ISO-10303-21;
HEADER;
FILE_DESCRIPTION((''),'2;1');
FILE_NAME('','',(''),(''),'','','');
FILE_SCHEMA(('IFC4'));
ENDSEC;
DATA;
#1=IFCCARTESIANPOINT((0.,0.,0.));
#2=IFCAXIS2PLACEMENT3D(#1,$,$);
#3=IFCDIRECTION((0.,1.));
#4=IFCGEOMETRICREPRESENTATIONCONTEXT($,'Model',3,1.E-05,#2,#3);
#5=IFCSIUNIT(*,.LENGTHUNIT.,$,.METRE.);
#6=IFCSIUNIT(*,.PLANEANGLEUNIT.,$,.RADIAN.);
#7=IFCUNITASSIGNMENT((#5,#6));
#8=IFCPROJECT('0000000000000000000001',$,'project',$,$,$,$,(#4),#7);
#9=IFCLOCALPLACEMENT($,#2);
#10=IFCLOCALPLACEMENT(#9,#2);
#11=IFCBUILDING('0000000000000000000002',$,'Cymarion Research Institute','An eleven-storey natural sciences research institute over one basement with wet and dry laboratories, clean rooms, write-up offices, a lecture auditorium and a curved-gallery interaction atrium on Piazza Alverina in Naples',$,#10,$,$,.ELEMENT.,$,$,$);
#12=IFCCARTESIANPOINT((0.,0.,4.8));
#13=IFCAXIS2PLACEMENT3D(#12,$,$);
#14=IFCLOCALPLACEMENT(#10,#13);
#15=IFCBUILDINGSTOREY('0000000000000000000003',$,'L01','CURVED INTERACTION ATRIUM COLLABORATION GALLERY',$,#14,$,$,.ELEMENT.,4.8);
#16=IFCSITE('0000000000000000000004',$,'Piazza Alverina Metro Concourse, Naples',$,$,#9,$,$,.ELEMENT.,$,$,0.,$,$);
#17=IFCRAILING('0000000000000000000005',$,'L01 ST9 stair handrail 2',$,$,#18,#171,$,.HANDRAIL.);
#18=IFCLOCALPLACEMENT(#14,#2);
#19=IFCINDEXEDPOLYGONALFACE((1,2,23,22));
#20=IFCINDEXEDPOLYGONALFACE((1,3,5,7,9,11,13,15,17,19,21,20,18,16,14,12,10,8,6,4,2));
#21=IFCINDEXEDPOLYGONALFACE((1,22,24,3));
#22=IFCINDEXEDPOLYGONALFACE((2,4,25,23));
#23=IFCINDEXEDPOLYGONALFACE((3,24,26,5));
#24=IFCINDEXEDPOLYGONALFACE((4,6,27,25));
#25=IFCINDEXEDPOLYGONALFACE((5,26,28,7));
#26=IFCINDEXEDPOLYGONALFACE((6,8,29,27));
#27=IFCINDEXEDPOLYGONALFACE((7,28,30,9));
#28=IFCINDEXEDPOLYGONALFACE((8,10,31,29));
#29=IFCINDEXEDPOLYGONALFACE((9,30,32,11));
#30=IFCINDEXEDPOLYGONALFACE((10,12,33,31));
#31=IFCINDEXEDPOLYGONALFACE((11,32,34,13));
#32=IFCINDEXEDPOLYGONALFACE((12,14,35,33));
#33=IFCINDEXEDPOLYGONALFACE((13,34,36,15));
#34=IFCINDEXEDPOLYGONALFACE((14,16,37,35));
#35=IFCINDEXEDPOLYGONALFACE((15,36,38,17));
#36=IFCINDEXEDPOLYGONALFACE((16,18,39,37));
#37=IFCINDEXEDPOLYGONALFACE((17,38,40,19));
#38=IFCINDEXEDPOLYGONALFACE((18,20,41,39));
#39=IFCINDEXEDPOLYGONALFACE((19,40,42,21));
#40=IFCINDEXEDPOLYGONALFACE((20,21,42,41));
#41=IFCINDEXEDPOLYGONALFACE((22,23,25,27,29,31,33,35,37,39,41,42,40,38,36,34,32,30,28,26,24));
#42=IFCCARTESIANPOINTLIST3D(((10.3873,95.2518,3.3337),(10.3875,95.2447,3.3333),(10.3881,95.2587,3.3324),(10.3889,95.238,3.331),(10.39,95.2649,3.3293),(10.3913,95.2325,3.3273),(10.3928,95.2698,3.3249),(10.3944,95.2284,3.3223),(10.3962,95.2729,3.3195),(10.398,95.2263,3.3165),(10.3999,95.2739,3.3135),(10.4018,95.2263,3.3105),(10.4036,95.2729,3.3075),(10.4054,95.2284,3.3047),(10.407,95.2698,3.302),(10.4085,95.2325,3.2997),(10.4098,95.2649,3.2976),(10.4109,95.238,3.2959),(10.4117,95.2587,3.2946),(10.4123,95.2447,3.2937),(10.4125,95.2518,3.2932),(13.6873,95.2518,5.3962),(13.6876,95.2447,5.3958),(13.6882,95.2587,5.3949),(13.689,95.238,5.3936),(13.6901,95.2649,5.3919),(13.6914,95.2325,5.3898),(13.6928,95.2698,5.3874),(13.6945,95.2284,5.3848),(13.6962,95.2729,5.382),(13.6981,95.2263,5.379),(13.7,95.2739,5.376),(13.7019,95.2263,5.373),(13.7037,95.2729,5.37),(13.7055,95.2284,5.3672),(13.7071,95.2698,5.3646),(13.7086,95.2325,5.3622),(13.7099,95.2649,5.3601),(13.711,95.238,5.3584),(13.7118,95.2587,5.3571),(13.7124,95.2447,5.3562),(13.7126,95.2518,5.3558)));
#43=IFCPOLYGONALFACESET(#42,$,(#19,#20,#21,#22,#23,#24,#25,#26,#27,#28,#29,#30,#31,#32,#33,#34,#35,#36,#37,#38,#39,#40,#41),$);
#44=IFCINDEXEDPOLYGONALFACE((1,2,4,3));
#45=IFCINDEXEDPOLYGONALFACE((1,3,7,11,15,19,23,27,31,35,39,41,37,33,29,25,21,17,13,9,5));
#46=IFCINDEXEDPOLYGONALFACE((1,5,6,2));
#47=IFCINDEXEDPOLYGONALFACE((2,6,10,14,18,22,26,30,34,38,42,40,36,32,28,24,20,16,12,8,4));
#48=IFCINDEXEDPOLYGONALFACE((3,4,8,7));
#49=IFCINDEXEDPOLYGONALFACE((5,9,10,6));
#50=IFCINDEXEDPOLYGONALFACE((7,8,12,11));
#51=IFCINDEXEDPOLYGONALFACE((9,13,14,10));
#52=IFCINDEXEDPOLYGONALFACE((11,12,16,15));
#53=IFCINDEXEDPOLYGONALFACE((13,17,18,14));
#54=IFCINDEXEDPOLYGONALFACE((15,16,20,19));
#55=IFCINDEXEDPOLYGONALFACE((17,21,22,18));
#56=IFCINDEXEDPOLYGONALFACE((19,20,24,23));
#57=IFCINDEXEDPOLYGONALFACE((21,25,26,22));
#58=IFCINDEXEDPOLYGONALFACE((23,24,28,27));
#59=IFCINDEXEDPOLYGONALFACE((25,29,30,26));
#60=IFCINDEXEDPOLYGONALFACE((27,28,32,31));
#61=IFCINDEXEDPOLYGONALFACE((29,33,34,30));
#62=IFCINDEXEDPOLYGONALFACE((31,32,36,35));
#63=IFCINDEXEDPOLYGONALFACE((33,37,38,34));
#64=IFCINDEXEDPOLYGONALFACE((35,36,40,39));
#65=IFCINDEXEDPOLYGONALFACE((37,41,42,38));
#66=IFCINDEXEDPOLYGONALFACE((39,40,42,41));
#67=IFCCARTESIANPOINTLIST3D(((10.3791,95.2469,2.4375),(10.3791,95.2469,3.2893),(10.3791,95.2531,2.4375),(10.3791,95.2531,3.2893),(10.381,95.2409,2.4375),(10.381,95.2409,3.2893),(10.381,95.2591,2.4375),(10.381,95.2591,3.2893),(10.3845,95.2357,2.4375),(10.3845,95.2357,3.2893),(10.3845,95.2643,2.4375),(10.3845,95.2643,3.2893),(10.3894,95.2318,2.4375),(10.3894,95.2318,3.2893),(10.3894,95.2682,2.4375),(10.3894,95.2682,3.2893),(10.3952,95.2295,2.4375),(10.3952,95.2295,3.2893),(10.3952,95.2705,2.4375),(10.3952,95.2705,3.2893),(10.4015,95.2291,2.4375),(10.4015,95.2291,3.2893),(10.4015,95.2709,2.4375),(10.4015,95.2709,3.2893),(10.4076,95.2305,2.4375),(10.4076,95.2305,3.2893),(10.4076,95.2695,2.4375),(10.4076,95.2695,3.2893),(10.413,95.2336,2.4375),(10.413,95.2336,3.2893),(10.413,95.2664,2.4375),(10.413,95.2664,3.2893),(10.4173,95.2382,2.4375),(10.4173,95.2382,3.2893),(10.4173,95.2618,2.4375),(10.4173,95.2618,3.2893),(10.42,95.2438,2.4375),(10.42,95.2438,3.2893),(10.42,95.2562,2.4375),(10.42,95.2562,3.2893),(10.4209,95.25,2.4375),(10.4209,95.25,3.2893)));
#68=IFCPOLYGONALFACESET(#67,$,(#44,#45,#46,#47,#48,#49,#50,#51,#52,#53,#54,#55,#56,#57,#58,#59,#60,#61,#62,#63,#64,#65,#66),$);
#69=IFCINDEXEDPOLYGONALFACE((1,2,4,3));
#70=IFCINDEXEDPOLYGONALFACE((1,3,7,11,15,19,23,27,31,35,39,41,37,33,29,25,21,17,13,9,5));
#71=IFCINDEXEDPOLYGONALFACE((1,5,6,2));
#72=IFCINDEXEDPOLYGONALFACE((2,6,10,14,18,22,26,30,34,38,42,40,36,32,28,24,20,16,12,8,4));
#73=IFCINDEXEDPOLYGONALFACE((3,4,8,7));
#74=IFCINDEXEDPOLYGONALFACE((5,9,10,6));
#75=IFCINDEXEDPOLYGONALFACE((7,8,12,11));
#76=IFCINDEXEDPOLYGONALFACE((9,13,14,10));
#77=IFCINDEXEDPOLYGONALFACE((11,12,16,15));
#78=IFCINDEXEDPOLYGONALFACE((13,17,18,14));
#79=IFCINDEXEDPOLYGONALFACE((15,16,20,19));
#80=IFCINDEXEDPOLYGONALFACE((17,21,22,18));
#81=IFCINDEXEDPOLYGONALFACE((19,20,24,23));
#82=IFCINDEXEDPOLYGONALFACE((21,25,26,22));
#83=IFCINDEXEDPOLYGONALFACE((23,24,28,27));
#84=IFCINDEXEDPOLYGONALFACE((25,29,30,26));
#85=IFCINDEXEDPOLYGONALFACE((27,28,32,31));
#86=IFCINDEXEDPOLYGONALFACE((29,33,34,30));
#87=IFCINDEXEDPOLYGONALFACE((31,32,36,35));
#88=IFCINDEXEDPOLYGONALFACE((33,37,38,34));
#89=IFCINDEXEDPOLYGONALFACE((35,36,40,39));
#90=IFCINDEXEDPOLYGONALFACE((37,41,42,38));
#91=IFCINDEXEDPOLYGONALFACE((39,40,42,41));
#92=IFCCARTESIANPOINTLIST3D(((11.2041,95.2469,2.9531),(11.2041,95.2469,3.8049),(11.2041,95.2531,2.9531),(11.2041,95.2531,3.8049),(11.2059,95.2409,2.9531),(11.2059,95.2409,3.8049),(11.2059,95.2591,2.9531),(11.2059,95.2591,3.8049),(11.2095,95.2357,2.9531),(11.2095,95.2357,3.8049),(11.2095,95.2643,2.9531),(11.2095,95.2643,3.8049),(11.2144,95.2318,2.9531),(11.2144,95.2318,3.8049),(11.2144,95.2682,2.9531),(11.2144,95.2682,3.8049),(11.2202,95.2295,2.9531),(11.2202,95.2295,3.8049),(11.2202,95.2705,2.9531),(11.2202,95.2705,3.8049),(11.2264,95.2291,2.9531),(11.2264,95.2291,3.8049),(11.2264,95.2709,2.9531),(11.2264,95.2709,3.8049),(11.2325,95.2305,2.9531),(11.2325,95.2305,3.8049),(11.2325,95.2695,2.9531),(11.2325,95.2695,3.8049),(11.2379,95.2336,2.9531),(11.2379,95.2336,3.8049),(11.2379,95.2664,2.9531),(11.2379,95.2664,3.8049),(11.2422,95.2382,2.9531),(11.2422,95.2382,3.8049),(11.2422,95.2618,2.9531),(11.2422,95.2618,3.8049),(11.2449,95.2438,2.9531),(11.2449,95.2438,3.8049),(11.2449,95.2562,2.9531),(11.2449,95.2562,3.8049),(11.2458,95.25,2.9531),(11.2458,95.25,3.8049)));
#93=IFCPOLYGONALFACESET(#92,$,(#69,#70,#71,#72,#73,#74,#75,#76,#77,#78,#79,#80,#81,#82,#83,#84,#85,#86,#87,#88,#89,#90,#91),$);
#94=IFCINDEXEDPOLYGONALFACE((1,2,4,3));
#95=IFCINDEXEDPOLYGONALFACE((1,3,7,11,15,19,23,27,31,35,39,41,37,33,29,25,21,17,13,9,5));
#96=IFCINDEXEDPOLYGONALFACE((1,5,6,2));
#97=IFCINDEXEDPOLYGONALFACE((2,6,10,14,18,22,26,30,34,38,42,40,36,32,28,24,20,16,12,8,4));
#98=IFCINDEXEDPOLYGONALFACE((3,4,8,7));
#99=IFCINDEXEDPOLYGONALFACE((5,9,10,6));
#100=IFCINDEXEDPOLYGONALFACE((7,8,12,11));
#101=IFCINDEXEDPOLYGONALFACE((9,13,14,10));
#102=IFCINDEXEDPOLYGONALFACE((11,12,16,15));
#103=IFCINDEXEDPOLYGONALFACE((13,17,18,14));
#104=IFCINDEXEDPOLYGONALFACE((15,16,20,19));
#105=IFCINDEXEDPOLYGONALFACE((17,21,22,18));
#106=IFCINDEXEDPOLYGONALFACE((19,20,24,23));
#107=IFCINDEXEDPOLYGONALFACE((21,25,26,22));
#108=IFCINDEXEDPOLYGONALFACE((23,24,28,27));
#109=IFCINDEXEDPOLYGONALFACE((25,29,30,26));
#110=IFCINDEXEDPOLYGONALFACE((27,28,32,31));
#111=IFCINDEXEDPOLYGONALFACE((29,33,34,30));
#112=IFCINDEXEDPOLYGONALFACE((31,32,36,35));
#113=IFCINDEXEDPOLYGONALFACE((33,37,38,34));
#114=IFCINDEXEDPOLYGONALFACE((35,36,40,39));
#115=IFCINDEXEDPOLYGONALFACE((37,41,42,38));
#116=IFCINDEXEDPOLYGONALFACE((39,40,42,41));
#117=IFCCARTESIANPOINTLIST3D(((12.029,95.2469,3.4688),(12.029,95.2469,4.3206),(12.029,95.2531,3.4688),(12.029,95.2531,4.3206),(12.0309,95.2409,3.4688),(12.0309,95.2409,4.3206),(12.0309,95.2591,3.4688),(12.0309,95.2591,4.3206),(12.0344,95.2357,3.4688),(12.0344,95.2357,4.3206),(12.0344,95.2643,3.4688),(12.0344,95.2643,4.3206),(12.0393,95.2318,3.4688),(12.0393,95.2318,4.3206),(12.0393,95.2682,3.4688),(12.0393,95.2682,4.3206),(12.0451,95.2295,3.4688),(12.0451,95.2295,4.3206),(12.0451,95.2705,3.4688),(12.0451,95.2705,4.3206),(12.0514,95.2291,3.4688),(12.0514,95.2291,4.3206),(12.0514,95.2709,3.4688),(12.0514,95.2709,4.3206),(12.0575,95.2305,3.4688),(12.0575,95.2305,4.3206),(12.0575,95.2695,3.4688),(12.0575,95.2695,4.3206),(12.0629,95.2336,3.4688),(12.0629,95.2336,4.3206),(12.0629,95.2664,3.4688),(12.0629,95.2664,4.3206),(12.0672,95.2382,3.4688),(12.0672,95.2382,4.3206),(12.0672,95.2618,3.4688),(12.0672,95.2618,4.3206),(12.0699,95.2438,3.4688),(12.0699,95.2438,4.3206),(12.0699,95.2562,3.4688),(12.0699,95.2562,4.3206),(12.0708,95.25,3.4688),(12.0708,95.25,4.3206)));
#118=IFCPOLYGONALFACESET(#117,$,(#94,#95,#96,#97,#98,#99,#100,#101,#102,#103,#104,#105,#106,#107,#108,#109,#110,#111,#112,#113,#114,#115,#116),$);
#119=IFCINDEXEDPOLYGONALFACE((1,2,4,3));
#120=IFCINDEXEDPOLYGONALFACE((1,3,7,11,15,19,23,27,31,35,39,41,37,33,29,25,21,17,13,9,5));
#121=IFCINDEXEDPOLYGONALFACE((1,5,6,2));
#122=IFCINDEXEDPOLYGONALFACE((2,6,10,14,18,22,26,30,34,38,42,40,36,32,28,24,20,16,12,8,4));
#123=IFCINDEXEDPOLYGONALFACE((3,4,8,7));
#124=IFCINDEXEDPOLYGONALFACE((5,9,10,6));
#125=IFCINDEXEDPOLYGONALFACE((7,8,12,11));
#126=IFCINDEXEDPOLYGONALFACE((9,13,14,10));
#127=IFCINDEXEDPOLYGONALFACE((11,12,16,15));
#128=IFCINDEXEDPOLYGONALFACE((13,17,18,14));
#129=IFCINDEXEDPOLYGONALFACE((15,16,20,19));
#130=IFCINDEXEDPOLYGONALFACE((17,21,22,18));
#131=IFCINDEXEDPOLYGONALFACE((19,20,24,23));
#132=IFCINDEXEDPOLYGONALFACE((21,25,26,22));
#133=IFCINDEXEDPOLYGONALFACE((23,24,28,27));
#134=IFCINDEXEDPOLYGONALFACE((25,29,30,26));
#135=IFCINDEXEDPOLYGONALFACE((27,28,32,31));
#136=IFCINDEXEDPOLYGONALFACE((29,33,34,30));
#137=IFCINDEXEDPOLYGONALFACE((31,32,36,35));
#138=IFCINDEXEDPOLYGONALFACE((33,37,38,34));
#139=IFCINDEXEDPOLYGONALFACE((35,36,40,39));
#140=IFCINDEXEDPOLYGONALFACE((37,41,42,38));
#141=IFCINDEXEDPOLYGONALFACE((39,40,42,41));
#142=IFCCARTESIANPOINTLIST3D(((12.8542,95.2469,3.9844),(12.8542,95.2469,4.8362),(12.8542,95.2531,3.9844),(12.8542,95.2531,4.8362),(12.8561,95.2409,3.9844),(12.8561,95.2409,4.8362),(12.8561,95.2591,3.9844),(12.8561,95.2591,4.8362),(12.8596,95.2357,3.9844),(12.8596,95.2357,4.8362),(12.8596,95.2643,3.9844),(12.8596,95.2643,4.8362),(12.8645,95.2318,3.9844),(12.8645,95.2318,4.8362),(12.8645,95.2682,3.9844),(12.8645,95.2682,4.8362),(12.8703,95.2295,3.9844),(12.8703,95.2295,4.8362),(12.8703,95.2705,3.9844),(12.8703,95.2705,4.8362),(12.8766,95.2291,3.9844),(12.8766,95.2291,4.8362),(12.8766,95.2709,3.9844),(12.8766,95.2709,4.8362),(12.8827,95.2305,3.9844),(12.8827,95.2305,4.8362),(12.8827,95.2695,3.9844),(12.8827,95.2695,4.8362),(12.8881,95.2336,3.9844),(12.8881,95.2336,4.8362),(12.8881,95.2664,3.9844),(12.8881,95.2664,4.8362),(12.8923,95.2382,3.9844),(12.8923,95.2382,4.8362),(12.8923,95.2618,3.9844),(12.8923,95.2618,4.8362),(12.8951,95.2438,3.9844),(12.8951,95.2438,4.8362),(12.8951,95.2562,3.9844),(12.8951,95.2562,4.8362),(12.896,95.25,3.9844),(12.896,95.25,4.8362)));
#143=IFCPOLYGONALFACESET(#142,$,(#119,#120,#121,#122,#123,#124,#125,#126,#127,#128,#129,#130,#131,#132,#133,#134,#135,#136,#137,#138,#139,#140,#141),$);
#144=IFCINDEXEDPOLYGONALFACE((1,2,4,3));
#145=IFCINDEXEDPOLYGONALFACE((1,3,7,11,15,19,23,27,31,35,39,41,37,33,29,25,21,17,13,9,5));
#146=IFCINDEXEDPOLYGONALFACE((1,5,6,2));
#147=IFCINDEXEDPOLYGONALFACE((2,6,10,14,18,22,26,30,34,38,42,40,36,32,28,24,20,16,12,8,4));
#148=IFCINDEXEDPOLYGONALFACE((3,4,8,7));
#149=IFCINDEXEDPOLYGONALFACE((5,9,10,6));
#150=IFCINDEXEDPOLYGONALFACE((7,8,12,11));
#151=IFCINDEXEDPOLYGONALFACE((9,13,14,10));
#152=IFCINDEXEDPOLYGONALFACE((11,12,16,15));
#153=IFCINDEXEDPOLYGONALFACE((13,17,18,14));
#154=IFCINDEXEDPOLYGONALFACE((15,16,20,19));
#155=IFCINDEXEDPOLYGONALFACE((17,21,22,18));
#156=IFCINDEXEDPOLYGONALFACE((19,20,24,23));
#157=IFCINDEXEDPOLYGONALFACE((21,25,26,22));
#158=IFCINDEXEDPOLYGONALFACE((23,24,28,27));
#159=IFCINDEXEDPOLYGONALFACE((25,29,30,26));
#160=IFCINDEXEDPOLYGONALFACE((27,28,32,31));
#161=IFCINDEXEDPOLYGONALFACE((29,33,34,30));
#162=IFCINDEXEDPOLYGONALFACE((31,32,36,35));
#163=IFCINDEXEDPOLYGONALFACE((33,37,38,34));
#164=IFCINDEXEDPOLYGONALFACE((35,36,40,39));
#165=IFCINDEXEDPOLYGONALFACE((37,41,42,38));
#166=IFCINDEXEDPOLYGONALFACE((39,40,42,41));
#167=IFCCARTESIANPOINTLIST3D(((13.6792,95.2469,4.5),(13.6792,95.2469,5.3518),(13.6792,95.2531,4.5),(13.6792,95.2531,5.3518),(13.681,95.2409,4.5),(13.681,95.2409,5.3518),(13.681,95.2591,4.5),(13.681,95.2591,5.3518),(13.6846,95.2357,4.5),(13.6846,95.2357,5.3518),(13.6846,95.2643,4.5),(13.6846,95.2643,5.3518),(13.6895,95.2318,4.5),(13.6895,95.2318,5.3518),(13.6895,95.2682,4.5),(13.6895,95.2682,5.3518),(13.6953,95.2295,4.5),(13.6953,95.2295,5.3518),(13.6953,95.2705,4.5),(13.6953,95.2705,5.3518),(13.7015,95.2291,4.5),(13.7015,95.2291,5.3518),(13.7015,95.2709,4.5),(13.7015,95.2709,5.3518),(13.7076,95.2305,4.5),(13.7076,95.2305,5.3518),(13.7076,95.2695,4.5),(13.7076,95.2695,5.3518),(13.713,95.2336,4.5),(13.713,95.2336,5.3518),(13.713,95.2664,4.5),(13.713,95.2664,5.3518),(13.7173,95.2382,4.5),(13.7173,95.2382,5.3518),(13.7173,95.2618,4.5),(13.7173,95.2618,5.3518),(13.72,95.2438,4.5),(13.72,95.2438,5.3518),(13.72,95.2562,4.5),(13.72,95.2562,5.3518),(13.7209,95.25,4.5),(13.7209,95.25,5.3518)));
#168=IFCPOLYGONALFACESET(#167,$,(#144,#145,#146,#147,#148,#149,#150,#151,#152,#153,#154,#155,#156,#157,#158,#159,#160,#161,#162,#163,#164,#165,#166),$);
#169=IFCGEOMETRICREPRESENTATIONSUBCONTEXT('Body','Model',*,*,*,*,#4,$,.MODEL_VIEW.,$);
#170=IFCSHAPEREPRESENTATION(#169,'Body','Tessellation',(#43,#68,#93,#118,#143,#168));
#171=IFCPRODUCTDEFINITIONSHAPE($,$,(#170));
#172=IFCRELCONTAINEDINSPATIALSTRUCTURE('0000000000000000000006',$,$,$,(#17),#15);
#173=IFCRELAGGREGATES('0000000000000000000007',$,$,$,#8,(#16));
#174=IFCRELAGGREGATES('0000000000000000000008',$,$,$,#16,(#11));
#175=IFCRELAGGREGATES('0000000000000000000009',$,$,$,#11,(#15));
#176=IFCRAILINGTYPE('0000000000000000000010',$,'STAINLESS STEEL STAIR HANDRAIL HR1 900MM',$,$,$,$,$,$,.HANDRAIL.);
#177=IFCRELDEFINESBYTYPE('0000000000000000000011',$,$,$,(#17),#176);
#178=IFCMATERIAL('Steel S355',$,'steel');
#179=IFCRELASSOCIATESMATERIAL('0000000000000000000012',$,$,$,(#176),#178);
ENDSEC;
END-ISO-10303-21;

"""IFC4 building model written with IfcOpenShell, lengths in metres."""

from ifc_helpers import new_model, si_unit, direction, frame, origin, origin_2d, place, context, subcontext, project, spatial, circle, extrude, material, type_object, element, save


model = new_model("IFC4")

# Units and contexts
model_context = context("Model", 3, precision=1e-05, world=origin(), true_north=direction((0.0, 1.0)))
body_context = subcontext(model_context, "Body", "Model", "MODEL_VIEW")
ifc_project = project(units=[si_unit("LENGTHUNIT", "METRE"), si_unit("PLANEANGLEUNIT", "RADIAN")], contexts=[model_context])

# Site, building, storey
site_placement = place(None, origin())
site = spatial("IfcSite", under=ifc_project, at=site_placement, Name="Piazza Alverina Metro Concourse, Naples", CompositionType="ELEMENT", RefElevation=0.0)
building_placement = place(site_placement, origin())
building = spatial("IfcBuilding", under=site, at=building_placement, Name="Cymarion Research Institute", Description="An eleven-storey natural sciences research institute over one basement with wet and dry laboratories, clean rooms, write-up offices, a lecture auditorium and a curved-gallery interaction atrium on Piazza Alverina in Naples", CompositionType="ELEMENT")
storey_placement = place(building_placement, frame((0.0, 0.0, 4.8)))
storey = spatial("IfcBuildingStorey", under=building, at=storey_placement, Name="L01", Description="CURVED INTERACTION ATRIUM COLLABORATION GALLERY", CompositionType="ELEMENT", Elevation=4.8)

# Shared definitions
ifc_material_1 = material(Name="Steel S355", Category="steel")

# Railing
railing_type_1 = type_object("IfcRailingType", Name="STAINLESS STEEL STAIR HANDRAIL HR1 900MM", PredefinedType="HANDRAIL", material=ifc_material_1)
railing_1_placement = place(storey_placement, frame((10.3999, 95.25, 2.4375)))
element("IfcRailing", 1, at=railing_1_placement, inside=storey, type_object=railing_type_1, Name="L01 ST9 stair handrail 2", PredefinedType="HANDRAIL", context=body_context, shape_type="SweptSolid", body=[
    extrude(circle(Radius=0.0239, at=origin_2d()), frame((0.0, 0.0, 0.876), z_axis=(0.848002, 0.0, 0.529993), x_axis=(0.0, 1.0, 0.0)), (0.0, 0.0, 1.0), 3.8916),
    extrude(circle(Radius=0.021, at=origin_2d()), origin(), (0.0, 0.0, 1.0), 0.8518),
    extrude(circle(Radius=0.021, at=origin_2d()), frame((0.825, 0.0, 0.5156)), (0.0, 0.0, 1.0), 0.8518),
    extrude(circle(Radius=0.021, at=origin_2d()), frame((1.6499, 0.0, 1.0312)), (0.0, 0.0, 1.0), 0.8518),
    extrude(circle(Radius=0.021, at=origin_2d()), frame((2.4751, 0.0, 1.5469)), (0.0, 0.0, 1.0), 0.8518),
    extrude(circle(Radius=0.021, at=origin_2d()), frame((3.3, 0.0, 2.0625)), (0.0, 0.0, 1.0), 0.8518),
])

save(model, "model.ifc")
